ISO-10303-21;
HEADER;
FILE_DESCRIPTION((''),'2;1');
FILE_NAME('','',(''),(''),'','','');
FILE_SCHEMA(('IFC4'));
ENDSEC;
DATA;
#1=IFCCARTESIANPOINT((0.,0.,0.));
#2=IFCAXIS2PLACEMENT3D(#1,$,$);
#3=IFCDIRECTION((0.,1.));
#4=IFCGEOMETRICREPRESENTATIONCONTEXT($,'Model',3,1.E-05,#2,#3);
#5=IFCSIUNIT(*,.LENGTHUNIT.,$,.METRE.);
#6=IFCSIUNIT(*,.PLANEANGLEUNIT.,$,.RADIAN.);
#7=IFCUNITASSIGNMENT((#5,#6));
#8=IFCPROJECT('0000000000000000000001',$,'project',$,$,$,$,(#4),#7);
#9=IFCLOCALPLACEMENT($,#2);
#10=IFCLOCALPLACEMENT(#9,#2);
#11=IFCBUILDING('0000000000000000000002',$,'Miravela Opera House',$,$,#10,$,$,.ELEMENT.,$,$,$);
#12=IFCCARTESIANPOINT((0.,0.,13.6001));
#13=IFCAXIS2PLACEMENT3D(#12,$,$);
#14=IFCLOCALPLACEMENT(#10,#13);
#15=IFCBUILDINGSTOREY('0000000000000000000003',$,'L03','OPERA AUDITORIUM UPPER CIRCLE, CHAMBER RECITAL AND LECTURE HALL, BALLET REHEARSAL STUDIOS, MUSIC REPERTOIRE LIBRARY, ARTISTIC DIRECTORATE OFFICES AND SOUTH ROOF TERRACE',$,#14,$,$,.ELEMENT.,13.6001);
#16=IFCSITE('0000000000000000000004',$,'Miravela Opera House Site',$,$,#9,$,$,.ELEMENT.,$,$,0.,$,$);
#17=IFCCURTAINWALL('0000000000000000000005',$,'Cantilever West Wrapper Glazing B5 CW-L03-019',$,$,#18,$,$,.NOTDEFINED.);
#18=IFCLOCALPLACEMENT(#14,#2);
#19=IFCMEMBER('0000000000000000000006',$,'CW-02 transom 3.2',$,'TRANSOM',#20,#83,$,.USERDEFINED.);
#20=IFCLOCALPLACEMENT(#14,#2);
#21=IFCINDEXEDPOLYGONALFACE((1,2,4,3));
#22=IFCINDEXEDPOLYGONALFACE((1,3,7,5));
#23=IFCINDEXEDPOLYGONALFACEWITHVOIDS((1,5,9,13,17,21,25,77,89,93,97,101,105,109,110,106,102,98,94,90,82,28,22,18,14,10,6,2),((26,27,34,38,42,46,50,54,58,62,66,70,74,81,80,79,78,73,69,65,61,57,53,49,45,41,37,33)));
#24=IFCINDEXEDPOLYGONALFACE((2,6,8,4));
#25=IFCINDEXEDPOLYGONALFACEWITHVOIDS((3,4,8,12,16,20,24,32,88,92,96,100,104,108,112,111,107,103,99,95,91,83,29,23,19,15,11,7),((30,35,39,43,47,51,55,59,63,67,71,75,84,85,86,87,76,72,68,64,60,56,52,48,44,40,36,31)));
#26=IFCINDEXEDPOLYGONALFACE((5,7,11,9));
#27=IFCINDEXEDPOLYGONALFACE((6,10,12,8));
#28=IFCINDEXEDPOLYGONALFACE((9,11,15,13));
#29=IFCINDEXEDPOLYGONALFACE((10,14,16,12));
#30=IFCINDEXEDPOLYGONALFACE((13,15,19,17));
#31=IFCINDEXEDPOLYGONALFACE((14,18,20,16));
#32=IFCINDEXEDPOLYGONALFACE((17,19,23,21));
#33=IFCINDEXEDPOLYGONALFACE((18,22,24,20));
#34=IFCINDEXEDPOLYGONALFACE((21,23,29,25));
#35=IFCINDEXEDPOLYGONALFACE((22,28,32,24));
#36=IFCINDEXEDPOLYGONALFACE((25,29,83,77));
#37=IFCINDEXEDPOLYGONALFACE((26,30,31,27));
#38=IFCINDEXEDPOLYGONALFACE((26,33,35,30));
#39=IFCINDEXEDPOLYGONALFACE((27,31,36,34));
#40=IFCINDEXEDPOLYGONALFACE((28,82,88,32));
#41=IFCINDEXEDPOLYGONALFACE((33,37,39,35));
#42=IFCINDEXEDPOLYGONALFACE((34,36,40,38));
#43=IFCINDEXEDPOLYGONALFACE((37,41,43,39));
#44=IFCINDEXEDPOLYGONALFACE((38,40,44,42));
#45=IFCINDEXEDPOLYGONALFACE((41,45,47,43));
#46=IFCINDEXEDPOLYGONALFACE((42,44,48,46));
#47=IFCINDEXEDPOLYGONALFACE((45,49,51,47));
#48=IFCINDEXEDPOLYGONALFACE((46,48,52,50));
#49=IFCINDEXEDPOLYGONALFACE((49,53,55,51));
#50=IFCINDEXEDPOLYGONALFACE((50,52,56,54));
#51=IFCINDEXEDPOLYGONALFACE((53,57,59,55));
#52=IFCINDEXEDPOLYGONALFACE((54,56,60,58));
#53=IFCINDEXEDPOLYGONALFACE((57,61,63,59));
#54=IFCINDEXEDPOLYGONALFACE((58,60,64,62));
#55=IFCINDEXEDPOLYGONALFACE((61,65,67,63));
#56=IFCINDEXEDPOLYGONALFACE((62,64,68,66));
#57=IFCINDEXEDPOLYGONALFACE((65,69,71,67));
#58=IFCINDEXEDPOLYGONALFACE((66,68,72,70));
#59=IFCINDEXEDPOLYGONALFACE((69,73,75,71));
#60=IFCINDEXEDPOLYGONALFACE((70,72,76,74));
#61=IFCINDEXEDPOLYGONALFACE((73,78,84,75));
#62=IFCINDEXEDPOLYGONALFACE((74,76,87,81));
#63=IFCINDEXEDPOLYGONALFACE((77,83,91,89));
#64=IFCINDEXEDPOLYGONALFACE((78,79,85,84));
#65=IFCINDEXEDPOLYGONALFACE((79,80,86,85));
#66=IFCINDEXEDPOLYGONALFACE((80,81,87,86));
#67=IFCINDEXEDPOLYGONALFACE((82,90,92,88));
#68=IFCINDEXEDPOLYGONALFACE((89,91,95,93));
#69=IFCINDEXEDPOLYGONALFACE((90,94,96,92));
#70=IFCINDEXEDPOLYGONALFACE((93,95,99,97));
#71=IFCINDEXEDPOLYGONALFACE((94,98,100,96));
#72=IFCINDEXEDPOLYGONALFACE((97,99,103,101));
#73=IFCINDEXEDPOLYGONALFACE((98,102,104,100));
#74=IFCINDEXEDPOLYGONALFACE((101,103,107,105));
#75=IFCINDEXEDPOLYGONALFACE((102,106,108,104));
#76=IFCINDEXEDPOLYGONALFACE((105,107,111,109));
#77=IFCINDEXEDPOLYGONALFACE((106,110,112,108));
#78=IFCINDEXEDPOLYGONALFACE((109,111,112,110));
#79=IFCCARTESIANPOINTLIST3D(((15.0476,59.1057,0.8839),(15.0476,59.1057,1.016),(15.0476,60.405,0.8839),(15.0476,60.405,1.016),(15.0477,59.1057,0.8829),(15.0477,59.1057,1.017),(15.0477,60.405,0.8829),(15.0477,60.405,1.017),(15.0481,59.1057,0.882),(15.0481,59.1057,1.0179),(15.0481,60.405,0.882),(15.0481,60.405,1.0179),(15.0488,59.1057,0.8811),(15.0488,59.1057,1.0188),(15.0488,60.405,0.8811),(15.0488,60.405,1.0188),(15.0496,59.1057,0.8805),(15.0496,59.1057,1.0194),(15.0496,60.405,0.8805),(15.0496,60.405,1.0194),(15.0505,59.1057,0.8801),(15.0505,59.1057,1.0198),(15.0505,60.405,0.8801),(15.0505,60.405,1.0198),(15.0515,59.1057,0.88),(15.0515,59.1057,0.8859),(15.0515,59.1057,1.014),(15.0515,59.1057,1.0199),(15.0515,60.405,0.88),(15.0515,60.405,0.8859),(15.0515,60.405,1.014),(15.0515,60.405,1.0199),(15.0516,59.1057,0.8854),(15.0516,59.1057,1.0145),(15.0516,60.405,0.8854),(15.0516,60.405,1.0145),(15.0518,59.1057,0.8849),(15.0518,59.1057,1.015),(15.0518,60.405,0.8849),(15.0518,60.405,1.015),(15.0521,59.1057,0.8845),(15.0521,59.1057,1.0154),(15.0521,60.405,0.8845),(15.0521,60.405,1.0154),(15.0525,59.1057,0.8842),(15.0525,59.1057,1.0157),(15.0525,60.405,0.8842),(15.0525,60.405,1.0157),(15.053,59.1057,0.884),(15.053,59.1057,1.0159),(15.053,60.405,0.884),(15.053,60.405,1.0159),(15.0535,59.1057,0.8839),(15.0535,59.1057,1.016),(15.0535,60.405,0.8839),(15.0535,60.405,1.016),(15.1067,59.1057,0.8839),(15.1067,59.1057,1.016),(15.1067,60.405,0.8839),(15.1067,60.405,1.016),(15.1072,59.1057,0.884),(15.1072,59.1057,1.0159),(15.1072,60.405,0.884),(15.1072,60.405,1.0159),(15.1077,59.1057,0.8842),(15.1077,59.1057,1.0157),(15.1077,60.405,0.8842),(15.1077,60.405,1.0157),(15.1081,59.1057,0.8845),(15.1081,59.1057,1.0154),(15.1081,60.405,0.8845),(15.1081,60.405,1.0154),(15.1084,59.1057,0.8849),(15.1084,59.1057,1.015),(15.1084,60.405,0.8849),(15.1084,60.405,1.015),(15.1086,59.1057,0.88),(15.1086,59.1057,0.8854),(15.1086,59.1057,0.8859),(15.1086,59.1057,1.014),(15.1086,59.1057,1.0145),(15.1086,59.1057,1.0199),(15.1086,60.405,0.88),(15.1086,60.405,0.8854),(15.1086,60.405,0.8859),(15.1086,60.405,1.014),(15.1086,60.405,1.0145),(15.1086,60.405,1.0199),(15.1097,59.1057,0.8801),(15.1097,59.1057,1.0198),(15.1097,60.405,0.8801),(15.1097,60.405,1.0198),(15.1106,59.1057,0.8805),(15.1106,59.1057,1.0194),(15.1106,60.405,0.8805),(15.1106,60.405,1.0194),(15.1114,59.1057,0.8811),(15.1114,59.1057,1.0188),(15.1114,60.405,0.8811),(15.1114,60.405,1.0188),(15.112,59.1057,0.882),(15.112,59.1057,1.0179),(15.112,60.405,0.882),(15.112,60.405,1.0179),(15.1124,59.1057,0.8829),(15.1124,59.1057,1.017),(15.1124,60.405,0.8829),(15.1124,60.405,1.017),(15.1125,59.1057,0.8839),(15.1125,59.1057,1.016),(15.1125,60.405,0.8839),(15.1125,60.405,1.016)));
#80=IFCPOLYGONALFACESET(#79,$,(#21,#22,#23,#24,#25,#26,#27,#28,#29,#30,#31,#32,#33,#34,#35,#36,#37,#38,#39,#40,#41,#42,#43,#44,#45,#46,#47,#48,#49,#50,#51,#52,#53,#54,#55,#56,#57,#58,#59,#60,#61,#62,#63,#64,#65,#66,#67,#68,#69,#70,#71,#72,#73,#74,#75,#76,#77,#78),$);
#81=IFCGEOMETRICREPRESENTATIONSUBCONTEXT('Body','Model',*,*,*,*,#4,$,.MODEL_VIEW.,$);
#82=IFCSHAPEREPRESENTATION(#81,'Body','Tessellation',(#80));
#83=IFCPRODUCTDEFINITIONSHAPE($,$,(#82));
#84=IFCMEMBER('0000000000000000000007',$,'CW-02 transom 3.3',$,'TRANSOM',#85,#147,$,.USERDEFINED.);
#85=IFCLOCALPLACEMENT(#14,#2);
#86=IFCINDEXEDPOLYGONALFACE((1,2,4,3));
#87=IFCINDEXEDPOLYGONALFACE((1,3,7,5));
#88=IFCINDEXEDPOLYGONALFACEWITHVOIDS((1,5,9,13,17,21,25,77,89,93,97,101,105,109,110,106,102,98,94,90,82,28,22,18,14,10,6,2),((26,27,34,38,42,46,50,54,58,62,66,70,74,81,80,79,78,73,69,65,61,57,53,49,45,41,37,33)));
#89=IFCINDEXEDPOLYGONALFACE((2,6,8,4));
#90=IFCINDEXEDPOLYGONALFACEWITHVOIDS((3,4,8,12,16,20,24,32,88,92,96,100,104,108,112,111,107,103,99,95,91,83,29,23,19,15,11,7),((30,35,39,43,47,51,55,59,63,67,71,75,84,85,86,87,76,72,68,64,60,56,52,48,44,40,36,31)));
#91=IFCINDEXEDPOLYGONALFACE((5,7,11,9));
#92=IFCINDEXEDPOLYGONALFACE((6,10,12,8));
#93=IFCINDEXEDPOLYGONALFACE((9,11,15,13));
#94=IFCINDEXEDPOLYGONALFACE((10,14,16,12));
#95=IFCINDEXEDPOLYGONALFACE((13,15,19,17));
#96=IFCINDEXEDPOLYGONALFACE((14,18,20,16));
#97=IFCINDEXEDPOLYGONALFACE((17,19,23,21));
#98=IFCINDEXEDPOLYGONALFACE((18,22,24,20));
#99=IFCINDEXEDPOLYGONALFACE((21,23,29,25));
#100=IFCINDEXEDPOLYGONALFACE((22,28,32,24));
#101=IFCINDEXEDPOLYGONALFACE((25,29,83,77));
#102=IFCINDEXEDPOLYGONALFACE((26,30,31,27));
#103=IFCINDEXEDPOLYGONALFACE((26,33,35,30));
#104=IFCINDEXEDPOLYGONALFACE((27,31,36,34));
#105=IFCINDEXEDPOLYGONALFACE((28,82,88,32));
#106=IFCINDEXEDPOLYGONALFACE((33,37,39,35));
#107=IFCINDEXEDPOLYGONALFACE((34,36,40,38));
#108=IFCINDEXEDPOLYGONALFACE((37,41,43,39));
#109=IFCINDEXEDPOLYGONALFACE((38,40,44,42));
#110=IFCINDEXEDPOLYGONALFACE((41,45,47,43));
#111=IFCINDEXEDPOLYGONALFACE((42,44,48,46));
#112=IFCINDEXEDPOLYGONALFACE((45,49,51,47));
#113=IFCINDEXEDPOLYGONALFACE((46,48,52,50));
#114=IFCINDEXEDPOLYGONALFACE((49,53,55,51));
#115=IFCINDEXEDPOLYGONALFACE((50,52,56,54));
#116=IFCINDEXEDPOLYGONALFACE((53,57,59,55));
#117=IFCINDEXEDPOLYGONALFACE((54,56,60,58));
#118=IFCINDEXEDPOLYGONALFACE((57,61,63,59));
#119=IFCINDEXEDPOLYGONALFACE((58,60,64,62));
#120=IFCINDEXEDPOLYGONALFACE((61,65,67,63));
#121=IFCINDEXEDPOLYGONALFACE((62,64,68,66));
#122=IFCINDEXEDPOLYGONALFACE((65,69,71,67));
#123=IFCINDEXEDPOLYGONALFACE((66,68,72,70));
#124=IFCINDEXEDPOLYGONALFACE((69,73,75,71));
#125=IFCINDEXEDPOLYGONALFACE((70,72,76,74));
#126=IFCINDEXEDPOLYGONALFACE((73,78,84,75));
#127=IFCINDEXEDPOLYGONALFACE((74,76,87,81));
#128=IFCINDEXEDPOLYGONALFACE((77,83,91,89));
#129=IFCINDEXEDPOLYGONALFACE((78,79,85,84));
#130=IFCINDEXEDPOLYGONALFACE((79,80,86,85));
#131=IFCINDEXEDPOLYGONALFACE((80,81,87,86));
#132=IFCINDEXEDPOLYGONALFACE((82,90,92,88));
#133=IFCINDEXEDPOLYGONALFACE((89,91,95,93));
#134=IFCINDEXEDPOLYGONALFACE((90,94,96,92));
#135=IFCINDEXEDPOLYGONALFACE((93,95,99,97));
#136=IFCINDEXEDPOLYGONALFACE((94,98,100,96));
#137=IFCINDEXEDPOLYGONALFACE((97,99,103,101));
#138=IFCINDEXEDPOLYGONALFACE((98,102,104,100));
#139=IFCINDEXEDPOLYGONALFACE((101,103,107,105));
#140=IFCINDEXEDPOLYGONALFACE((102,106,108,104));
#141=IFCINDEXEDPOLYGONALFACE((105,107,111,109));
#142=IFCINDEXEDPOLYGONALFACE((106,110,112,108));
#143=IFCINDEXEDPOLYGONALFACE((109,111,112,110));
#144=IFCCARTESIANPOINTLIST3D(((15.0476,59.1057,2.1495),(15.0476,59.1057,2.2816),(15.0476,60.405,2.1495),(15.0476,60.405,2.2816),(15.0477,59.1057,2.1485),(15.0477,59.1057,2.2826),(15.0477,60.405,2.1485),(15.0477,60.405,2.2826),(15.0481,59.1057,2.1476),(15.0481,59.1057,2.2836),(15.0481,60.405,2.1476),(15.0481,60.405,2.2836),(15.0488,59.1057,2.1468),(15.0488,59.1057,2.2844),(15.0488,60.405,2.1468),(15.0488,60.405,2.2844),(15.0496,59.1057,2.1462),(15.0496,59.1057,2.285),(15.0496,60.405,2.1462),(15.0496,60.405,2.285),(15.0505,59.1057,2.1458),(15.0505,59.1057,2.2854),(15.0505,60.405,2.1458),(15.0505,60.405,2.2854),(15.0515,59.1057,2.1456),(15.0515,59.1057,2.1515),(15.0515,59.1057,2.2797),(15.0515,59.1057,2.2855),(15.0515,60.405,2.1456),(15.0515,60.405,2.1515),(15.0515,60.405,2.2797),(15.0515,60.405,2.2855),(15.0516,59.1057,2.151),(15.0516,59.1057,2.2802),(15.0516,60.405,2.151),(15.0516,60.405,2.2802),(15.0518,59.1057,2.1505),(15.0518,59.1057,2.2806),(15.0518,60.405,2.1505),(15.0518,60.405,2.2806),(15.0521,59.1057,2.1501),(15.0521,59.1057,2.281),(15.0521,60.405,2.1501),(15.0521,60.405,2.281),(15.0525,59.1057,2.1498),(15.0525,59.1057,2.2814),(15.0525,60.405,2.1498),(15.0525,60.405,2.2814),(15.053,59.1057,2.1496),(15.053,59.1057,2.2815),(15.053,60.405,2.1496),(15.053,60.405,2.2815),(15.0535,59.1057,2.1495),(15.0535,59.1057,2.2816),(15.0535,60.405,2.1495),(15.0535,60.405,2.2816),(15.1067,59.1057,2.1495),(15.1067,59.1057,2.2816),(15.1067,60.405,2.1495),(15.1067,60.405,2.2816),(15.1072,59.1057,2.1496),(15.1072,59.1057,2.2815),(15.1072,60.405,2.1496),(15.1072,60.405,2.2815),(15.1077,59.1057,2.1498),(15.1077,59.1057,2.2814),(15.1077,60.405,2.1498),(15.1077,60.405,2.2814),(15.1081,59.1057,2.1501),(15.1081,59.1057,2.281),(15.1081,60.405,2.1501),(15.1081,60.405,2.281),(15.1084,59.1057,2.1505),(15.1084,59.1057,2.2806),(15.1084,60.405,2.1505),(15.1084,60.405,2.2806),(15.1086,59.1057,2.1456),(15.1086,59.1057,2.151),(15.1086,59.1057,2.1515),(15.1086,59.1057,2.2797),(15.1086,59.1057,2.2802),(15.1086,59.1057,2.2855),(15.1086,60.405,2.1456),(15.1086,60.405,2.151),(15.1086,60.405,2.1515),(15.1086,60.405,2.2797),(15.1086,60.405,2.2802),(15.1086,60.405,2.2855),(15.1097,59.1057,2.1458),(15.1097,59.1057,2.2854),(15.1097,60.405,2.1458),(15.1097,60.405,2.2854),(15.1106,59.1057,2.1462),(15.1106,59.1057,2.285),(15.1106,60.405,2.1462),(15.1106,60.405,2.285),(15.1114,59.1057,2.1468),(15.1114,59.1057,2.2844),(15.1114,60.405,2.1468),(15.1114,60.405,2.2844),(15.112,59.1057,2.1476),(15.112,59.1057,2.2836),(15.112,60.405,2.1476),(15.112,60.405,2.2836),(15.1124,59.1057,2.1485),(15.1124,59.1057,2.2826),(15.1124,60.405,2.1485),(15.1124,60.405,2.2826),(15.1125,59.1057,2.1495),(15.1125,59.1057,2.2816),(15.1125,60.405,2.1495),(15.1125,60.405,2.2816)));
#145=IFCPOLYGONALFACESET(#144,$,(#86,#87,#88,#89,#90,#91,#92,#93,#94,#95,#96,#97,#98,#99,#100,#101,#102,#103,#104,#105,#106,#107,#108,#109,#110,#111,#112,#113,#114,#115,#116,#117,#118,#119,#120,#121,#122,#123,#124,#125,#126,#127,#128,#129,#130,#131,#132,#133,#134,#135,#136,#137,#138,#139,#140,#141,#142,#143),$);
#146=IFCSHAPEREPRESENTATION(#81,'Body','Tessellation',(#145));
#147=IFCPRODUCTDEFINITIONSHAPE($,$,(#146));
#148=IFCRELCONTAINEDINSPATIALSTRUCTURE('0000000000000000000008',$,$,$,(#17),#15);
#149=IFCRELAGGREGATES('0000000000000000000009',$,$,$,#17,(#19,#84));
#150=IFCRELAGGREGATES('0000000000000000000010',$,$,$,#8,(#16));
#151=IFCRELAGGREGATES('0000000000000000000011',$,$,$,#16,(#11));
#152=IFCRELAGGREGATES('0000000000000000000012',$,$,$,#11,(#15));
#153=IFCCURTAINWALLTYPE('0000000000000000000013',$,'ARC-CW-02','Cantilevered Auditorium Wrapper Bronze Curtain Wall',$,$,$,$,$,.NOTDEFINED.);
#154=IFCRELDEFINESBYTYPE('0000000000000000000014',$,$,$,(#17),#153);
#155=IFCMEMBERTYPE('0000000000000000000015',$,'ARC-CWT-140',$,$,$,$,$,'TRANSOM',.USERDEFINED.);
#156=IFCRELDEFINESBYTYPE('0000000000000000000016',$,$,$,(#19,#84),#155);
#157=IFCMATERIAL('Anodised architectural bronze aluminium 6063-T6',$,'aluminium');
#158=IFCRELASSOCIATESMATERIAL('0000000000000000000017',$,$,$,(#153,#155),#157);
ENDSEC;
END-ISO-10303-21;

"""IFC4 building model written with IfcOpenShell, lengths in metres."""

from ifc_helpers import new_model, si_unit, direction, frame, origin, origin_2d, place, context, subcontext, project, spatial, hollow_rectangle, extrude, material, material_profile, profile_set, type_object, element, aggregate, save


model = new_model("IFC4")

# Units and contexts
model_context = context("Model", 3, precision=1e-05, world=origin(), true_north=direction((0.0, 1.0)))
body_context = subcontext(model_context, "Body", "Model", "MODEL_VIEW")
ifc_project = project(units=[si_unit("LENGTHUNIT", "METRE"), si_unit("PLANEANGLEUNIT", "RADIAN")], contexts=[model_context])

# Site, building, storey
site_placement = place(None, origin())
site = spatial("IfcSite", under=ifc_project, at=site_placement, Name="Miravela Opera House Site", CompositionType="ELEMENT", RefElevation=0.0)
building_placement = place(site_placement, origin())
building = spatial("IfcBuilding", under=site, at=building_placement, Name="Miravela Opera House", CompositionType="ELEMENT")
storey_placement = place(building_placement, frame((0.0, 0.0, 13.6001)))
storey = spatial("IfcBuildingStorey", under=building, at=storey_placement, Name="L03", Description="OPERA AUDITORIUM UPPER CIRCLE, CHAMBER RECITAL AND LECTURE HALL, BALLET REHEARSAL STUDIOS, MUSIC REPERTOIRE LIBRARY, ARTISTIC DIRECTORATE OFFICES AND SOUTH ROOF TERRACE", CompositionType="ELEMENT", Elevation=13.6001)

# Curtain wall
ifc_material_1 = material(Name="Anodised architectural bronze aluminium 6063-T6", Category="aluminium")
curtain_wall_type = type_object("IfcCurtainWallType", Name="ARC-CW-02", Description="Cantilevered Auditorium Wrapper Bronze Curtain Wall", PredefinedType="NOTDEFINED", material=ifc_material_1)
curtain_wall_1_placement = place(storey_placement, origin())
curtain_wall_1 = element("IfcCurtainWall", 1, at=curtain_wall_1_placement, inside=storey, type_object=curtain_wall_type, Name="Cantilever West Wrapper Glazing B5 CW-L03-019", PredefinedType="NOTDEFINED")

# Members
ifc_material_profile_1 = material_profile(ifc_material_1, hollow_rectangle(XDim=0.0649, YDim=0.1399, WallThickness=0.0039, InnerFilletRadius=0.002, OuterFilletRadius=0.0039, at=origin_2d()), Name="CWT-65X140")
ifc_profile_set_1 = profile_set([ifc_material_profile_1])
member_type_1 = type_object("IfcMemberType", Name="ARC-CWT-140", ElementType="TRANSOM", PredefinedType="USERDEFINED", material=ifc_profile_set_1)
member_1_placement = place(storey_placement, frame((15.0801, 59.1057, 0.95), z_axis=(0.0, 1.0, 0.0), x_axis=(-1.0, 0.0, 0.0)))
member_1 = element("IfcMember", 2, at=member_1_placement, type_object=member_type_1, Name="CW-02 transom 3.2", ObjectType="TRANSOM", PredefinedType="USERDEFINED", context=body_context, shape_type="SweptSolid", body=[
    extrude(hollow_rectangle(XDim=0.0649, YDim=0.1399, WallThickness=0.0039, InnerFilletRadius=0.002, OuterFilletRadius=0.0039, at=origin_2d()), origin(), (0.0, 0.0, 1.0), 1.2993),
])
member_2_placement = place(storey_placement, frame((15.0801, 59.1057, 2.2156), z_axis=(0.0, 1.0, 0.0), x_axis=(-1.0, 0.0, 0.0)))
member_2 = element("IfcMember", 3, at=member_2_placement, type_object=member_type_1, Name="CW-02 transom 3.3", ObjectType="TRANSOM", PredefinedType="USERDEFINED", context=body_context, shape_type="SweptSolid", body=[
    extrude(hollow_rectangle(XDim=0.0649, YDim=0.1399, WallThickness=0.0039, InnerFilletRadius=0.002, OuterFilletRadius=0.0039, at=origin_2d()), origin(), (0.0, 0.0, 1.0), 1.2993),
])

aggregate(curtain_wall_1, [member_1, member_2])

save(model, "model.ifc")
